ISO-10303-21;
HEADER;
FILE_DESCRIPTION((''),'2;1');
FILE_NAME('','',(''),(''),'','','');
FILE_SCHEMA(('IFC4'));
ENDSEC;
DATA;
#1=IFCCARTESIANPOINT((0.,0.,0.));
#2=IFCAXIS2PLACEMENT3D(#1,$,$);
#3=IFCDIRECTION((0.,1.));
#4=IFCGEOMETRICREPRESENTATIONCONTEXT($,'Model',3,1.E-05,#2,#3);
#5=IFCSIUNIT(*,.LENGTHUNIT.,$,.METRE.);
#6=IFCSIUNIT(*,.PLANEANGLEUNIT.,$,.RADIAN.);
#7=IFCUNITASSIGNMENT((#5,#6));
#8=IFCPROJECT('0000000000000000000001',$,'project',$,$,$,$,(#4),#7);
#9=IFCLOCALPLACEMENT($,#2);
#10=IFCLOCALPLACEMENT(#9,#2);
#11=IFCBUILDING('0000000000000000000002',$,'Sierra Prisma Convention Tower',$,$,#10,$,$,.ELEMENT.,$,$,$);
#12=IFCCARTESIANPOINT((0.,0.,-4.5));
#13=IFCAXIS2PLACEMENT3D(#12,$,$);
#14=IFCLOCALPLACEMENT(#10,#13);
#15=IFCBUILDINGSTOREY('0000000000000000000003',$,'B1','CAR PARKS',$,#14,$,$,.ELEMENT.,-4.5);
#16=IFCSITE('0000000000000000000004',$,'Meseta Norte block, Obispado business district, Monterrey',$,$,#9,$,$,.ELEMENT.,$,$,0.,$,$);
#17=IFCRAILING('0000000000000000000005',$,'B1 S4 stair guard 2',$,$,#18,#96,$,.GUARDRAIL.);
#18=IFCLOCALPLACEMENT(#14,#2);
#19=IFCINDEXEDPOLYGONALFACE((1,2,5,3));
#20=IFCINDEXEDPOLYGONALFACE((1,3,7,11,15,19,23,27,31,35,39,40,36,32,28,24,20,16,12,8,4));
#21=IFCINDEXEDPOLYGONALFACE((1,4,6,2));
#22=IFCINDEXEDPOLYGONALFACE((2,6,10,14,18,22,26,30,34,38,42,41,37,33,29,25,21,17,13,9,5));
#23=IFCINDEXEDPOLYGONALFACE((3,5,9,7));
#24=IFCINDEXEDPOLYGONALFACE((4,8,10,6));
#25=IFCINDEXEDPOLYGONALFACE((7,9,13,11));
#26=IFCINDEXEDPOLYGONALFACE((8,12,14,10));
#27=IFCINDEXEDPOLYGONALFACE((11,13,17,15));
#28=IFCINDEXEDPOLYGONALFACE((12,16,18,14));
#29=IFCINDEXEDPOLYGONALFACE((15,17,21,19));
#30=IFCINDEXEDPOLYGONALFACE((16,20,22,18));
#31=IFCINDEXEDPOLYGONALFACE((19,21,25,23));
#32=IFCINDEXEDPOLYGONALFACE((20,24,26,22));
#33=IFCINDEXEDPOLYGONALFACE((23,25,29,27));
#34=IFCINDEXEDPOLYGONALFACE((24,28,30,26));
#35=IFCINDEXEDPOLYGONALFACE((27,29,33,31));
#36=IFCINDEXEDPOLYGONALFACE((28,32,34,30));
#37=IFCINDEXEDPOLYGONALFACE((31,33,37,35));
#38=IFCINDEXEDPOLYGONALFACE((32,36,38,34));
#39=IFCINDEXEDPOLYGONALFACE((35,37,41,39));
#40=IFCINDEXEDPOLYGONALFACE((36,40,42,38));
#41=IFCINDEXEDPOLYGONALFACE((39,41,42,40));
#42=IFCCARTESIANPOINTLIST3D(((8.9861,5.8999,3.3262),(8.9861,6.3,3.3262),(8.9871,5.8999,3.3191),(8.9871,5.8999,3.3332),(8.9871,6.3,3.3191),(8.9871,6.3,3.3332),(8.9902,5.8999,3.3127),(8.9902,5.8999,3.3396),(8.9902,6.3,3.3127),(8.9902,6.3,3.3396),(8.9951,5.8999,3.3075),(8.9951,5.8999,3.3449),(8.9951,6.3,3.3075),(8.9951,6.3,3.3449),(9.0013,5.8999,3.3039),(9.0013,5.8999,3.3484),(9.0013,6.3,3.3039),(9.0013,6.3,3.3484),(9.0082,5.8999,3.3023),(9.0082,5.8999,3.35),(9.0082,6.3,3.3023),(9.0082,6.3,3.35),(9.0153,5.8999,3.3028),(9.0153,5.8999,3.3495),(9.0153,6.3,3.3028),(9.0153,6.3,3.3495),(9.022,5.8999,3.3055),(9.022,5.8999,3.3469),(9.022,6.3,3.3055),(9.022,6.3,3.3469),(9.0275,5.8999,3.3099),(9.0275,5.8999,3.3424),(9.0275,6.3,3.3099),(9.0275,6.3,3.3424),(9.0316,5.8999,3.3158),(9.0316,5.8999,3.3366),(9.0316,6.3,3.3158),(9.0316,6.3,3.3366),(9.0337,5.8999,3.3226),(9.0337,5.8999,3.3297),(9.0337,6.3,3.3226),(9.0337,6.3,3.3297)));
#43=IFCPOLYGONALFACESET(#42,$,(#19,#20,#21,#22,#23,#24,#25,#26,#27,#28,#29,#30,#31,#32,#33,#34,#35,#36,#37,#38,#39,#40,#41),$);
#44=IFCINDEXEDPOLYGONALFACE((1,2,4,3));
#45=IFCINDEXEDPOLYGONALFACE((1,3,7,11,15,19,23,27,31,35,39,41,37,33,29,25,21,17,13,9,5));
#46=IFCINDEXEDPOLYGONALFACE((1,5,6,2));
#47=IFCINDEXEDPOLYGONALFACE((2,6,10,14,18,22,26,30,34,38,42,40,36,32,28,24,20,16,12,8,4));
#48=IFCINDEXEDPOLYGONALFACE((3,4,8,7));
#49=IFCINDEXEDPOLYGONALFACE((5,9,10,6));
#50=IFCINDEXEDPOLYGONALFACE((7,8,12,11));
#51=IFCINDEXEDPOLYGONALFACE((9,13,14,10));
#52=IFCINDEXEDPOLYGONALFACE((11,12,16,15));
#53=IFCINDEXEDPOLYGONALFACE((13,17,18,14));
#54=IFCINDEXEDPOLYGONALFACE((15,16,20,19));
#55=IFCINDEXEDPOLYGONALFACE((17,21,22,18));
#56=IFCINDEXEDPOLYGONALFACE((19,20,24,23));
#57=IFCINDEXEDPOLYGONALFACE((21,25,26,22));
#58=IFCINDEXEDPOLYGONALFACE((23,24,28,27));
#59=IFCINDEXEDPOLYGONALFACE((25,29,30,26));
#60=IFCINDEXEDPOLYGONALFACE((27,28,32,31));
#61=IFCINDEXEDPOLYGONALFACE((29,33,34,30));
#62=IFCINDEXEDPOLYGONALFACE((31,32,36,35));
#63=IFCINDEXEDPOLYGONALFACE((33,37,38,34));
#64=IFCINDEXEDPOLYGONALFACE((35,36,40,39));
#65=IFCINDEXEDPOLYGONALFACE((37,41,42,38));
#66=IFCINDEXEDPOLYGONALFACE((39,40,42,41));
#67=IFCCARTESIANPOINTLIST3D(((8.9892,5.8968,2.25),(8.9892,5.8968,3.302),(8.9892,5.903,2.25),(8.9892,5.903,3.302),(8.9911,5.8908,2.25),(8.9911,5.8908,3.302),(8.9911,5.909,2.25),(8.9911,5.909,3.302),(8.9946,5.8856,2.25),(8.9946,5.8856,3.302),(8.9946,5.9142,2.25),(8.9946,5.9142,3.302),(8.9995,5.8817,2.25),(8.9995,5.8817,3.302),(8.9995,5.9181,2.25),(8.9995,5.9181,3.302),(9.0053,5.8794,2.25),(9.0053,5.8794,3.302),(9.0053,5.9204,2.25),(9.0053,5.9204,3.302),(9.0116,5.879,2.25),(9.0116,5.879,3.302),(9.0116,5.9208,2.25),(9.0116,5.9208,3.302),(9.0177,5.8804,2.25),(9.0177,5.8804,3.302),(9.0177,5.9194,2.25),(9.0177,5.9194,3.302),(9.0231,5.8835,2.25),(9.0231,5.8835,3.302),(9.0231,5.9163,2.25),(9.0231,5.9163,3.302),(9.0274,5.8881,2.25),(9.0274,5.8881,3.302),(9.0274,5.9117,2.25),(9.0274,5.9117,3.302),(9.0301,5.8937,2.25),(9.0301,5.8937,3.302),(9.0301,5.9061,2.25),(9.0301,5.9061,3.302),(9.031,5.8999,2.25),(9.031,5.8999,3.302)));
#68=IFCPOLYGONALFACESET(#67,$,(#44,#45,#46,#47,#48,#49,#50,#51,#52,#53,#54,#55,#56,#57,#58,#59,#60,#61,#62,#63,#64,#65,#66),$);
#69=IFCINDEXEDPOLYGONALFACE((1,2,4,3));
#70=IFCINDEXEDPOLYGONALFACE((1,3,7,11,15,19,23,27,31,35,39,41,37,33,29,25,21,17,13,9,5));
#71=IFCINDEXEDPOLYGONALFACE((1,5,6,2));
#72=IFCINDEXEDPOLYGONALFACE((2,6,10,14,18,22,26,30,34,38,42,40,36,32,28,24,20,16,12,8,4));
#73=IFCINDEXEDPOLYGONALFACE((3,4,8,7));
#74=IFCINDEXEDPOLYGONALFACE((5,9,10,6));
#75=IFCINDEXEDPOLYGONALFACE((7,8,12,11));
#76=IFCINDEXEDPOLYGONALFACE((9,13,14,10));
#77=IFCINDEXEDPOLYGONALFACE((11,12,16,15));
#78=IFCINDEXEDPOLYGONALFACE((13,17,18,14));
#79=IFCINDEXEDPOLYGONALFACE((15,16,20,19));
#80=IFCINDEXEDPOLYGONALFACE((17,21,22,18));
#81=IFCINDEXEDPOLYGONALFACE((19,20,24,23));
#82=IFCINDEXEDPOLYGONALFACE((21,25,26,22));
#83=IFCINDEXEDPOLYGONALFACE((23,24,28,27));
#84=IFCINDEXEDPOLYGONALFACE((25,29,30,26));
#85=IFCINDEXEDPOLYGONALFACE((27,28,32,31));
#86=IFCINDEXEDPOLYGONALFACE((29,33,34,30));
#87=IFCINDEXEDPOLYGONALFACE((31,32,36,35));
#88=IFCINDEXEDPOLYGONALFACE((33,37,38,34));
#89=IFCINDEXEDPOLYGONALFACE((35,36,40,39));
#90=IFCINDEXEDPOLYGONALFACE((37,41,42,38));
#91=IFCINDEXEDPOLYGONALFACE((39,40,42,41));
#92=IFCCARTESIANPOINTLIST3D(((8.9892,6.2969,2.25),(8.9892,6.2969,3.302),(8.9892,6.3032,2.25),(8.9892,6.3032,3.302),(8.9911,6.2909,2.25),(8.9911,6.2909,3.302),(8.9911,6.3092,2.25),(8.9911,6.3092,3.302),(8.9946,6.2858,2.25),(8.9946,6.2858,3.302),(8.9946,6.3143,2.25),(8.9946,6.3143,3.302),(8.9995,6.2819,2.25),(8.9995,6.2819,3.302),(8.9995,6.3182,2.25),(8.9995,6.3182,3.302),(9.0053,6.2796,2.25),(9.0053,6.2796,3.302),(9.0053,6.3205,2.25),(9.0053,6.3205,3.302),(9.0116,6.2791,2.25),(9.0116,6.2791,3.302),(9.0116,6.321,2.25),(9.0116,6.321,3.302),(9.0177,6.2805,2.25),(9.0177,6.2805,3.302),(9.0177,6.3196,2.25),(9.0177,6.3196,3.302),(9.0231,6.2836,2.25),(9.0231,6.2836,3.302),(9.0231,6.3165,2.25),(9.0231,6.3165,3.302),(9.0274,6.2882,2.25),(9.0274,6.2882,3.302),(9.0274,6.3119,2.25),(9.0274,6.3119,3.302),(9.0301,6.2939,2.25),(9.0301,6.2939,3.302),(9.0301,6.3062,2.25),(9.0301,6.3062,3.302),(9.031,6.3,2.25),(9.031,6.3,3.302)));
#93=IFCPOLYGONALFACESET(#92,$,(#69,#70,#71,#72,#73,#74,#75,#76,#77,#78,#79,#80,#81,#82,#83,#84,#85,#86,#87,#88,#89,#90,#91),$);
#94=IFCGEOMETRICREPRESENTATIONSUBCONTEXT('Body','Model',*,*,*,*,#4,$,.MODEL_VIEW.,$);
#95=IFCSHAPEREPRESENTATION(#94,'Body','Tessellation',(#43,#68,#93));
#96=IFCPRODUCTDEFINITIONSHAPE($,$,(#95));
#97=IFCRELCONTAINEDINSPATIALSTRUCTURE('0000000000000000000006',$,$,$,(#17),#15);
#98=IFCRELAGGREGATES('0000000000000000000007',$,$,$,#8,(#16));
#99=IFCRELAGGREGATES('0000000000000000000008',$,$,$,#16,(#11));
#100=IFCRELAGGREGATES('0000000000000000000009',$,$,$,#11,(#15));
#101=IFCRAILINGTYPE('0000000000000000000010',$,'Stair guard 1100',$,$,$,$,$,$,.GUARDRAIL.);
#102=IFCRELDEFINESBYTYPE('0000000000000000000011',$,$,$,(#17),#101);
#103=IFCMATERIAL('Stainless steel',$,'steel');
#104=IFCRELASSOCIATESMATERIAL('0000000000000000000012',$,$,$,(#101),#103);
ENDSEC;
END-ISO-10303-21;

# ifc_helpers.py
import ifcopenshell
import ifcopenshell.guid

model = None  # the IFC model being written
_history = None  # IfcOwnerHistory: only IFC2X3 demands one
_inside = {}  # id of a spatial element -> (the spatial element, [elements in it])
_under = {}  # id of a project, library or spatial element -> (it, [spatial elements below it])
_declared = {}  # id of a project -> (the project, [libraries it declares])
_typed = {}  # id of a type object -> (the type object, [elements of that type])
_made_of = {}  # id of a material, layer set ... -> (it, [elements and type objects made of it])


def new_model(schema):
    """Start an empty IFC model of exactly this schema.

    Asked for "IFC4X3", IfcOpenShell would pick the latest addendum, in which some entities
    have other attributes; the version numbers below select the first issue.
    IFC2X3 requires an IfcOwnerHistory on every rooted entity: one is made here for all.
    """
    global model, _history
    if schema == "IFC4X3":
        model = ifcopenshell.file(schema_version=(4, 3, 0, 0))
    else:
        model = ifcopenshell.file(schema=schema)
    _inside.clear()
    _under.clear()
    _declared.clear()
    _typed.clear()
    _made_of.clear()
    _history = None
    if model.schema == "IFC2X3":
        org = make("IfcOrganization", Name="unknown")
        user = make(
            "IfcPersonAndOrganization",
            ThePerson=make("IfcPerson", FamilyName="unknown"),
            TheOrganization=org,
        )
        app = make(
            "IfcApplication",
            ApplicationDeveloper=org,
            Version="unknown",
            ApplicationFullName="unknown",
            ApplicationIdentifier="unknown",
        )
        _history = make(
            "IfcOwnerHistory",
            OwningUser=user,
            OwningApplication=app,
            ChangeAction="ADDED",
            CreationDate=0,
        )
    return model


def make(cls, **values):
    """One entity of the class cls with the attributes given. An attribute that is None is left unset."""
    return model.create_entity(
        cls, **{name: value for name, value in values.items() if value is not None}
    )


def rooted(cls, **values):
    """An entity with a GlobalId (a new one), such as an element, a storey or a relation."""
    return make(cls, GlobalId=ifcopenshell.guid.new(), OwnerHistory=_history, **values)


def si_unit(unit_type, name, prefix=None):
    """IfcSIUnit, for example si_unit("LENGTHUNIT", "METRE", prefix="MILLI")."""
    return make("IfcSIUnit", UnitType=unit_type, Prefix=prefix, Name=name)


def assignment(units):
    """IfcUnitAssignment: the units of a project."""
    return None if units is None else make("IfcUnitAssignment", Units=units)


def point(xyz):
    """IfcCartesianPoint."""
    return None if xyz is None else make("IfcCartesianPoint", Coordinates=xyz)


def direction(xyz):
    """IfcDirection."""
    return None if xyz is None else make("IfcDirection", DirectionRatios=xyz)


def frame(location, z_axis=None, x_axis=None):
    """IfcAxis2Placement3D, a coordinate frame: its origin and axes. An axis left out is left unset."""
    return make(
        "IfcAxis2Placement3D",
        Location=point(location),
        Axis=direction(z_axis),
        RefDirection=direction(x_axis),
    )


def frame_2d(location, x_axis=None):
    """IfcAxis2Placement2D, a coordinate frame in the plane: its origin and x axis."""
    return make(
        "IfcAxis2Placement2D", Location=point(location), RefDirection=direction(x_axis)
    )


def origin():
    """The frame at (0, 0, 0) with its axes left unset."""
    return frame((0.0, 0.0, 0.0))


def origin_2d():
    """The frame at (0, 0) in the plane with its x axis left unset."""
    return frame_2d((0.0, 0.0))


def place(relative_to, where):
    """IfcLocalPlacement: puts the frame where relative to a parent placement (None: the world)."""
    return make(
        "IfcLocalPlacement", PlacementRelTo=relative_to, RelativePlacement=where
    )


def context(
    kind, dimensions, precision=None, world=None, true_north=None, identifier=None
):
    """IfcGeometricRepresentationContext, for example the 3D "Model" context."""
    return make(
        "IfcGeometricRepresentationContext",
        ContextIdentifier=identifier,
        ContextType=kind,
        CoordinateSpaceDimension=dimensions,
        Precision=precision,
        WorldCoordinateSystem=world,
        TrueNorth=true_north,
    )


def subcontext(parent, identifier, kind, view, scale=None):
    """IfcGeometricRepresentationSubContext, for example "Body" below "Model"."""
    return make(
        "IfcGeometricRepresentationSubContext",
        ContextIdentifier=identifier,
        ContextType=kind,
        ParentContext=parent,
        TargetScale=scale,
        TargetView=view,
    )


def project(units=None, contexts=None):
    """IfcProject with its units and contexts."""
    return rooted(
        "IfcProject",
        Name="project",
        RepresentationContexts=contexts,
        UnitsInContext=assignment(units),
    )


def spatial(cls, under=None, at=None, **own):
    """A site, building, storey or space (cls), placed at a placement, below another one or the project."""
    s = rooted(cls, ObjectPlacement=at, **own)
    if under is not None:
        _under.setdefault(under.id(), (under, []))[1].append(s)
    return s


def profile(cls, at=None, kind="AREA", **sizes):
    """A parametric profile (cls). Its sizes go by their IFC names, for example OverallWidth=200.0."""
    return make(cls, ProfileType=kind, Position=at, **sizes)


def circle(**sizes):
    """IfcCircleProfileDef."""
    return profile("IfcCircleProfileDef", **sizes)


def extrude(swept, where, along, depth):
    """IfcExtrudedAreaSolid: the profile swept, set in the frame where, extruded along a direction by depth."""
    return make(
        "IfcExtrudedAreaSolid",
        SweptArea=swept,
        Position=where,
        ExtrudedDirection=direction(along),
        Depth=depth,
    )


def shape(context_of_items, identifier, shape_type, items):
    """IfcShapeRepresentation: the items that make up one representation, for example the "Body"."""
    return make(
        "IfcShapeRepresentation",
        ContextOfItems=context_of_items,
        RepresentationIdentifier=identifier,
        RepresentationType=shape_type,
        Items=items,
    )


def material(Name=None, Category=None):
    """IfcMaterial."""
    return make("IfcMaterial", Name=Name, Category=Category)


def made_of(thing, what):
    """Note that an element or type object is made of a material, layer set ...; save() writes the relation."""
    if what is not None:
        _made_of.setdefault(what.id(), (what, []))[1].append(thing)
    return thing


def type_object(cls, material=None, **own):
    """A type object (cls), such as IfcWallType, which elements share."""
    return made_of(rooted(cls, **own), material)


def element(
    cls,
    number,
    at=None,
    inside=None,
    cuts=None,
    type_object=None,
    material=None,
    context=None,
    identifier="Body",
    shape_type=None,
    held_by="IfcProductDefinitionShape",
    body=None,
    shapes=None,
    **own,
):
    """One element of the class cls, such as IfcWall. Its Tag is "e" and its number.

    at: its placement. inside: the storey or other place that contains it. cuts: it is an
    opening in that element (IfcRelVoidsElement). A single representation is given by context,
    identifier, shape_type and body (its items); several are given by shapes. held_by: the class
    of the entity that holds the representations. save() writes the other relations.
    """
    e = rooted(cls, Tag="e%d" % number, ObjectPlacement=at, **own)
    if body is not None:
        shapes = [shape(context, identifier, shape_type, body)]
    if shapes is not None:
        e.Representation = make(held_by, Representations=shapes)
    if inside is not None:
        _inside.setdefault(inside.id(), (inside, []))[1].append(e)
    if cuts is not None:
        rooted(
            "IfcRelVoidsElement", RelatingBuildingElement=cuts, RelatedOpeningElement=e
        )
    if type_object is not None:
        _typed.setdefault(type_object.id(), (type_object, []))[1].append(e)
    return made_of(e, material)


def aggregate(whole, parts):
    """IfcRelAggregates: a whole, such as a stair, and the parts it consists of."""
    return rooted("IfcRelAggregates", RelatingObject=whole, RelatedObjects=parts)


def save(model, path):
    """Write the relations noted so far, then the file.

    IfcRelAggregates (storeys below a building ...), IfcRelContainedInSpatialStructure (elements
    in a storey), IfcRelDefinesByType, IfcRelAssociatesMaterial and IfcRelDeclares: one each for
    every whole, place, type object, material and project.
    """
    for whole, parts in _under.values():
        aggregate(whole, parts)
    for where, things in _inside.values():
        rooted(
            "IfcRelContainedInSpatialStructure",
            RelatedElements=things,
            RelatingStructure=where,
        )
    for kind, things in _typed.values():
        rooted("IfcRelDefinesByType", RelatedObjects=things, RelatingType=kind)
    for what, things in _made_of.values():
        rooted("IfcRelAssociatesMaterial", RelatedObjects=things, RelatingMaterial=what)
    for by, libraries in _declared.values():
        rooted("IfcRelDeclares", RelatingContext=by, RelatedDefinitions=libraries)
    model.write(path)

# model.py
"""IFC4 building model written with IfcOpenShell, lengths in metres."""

from ifc_helpers import new_model, si_unit, direction, frame, origin, origin_2d, place, context, subcontext, project, spatial, circle, extrude, material, type_object, element, save


model = new_model("IFC4")

# Units and contexts
model_context = context("Model", 3, precision=1e-05, world=origin(), true_north=direction((0.0, 1.0)))
body_context = subcontext(model_context, "Body", "Model", "MODEL_VIEW")
ifc_project = project(units=[si_unit("LENGTHUNIT", "METRE"), si_unit("PLANEANGLEUNIT", "RADIAN")], contexts=[model_context])

# Site, building, storey
site_placement = place(None, origin())
site = spatial("IfcSite", under=ifc_project, at=site_placement, Name="Meseta Norte block, Obispado business district, Monterrey", CompositionType="ELEMENT", RefElevation=0.0)
building_placement = place(site_placement, origin())
building = spatial("IfcBuilding", under=site, at=building_placement, Name="Sierra Prisma Convention Tower", CompositionType="ELEMENT")
storey_placement = place(building_placement, frame((0.0, 0.0, -4.5)))
storey = spatial("IfcBuildingStorey", under=building, at=storey_placement, Name="B1", Description="CAR PARKS", CompositionType="ELEMENT", Elevation=-4.5)

# Railing
ifc_material_1 = material(Name="Stainless steel", Category="steel")
railing_type_1 = type_object("IfcRailingType", Name="Stair guard 1100", PredefinedType="GUARDRAIL", material=ifc_material_1)
railing_1_placement = place(storey_placement, frame((9.01, 5.8999, 2.25)))
element("IfcRailing", 1, at=railing_1_placement, inside=storey, type_object=railing_type_1, Name="B1 S4 stair guard 2", PredefinedType="GUARDRAIL", context=body_context, shape_type="SweptSolid", body=[
    extrude(circle(Radius=0.0239, at=origin_2d()), frame((0.0, 0.0, 1.0762), z_axis=(0.0, 1.0, 0.0), x_axis=(-1.0, 0.0, 0.0)), (0.0, 0.0, 1.0), 0.4001),
    extrude(circle(Radius=0.021, at=origin_2d()), origin(), (0.0, 0.0, 1.0), 1.052),
    extrude(circle(Radius=0.021, at=origin_2d()), frame((0.0, 0.4001, 0.0)), (0.0, 0.0, 1.0), 1.052),
])

save(model, "model.ifc")
